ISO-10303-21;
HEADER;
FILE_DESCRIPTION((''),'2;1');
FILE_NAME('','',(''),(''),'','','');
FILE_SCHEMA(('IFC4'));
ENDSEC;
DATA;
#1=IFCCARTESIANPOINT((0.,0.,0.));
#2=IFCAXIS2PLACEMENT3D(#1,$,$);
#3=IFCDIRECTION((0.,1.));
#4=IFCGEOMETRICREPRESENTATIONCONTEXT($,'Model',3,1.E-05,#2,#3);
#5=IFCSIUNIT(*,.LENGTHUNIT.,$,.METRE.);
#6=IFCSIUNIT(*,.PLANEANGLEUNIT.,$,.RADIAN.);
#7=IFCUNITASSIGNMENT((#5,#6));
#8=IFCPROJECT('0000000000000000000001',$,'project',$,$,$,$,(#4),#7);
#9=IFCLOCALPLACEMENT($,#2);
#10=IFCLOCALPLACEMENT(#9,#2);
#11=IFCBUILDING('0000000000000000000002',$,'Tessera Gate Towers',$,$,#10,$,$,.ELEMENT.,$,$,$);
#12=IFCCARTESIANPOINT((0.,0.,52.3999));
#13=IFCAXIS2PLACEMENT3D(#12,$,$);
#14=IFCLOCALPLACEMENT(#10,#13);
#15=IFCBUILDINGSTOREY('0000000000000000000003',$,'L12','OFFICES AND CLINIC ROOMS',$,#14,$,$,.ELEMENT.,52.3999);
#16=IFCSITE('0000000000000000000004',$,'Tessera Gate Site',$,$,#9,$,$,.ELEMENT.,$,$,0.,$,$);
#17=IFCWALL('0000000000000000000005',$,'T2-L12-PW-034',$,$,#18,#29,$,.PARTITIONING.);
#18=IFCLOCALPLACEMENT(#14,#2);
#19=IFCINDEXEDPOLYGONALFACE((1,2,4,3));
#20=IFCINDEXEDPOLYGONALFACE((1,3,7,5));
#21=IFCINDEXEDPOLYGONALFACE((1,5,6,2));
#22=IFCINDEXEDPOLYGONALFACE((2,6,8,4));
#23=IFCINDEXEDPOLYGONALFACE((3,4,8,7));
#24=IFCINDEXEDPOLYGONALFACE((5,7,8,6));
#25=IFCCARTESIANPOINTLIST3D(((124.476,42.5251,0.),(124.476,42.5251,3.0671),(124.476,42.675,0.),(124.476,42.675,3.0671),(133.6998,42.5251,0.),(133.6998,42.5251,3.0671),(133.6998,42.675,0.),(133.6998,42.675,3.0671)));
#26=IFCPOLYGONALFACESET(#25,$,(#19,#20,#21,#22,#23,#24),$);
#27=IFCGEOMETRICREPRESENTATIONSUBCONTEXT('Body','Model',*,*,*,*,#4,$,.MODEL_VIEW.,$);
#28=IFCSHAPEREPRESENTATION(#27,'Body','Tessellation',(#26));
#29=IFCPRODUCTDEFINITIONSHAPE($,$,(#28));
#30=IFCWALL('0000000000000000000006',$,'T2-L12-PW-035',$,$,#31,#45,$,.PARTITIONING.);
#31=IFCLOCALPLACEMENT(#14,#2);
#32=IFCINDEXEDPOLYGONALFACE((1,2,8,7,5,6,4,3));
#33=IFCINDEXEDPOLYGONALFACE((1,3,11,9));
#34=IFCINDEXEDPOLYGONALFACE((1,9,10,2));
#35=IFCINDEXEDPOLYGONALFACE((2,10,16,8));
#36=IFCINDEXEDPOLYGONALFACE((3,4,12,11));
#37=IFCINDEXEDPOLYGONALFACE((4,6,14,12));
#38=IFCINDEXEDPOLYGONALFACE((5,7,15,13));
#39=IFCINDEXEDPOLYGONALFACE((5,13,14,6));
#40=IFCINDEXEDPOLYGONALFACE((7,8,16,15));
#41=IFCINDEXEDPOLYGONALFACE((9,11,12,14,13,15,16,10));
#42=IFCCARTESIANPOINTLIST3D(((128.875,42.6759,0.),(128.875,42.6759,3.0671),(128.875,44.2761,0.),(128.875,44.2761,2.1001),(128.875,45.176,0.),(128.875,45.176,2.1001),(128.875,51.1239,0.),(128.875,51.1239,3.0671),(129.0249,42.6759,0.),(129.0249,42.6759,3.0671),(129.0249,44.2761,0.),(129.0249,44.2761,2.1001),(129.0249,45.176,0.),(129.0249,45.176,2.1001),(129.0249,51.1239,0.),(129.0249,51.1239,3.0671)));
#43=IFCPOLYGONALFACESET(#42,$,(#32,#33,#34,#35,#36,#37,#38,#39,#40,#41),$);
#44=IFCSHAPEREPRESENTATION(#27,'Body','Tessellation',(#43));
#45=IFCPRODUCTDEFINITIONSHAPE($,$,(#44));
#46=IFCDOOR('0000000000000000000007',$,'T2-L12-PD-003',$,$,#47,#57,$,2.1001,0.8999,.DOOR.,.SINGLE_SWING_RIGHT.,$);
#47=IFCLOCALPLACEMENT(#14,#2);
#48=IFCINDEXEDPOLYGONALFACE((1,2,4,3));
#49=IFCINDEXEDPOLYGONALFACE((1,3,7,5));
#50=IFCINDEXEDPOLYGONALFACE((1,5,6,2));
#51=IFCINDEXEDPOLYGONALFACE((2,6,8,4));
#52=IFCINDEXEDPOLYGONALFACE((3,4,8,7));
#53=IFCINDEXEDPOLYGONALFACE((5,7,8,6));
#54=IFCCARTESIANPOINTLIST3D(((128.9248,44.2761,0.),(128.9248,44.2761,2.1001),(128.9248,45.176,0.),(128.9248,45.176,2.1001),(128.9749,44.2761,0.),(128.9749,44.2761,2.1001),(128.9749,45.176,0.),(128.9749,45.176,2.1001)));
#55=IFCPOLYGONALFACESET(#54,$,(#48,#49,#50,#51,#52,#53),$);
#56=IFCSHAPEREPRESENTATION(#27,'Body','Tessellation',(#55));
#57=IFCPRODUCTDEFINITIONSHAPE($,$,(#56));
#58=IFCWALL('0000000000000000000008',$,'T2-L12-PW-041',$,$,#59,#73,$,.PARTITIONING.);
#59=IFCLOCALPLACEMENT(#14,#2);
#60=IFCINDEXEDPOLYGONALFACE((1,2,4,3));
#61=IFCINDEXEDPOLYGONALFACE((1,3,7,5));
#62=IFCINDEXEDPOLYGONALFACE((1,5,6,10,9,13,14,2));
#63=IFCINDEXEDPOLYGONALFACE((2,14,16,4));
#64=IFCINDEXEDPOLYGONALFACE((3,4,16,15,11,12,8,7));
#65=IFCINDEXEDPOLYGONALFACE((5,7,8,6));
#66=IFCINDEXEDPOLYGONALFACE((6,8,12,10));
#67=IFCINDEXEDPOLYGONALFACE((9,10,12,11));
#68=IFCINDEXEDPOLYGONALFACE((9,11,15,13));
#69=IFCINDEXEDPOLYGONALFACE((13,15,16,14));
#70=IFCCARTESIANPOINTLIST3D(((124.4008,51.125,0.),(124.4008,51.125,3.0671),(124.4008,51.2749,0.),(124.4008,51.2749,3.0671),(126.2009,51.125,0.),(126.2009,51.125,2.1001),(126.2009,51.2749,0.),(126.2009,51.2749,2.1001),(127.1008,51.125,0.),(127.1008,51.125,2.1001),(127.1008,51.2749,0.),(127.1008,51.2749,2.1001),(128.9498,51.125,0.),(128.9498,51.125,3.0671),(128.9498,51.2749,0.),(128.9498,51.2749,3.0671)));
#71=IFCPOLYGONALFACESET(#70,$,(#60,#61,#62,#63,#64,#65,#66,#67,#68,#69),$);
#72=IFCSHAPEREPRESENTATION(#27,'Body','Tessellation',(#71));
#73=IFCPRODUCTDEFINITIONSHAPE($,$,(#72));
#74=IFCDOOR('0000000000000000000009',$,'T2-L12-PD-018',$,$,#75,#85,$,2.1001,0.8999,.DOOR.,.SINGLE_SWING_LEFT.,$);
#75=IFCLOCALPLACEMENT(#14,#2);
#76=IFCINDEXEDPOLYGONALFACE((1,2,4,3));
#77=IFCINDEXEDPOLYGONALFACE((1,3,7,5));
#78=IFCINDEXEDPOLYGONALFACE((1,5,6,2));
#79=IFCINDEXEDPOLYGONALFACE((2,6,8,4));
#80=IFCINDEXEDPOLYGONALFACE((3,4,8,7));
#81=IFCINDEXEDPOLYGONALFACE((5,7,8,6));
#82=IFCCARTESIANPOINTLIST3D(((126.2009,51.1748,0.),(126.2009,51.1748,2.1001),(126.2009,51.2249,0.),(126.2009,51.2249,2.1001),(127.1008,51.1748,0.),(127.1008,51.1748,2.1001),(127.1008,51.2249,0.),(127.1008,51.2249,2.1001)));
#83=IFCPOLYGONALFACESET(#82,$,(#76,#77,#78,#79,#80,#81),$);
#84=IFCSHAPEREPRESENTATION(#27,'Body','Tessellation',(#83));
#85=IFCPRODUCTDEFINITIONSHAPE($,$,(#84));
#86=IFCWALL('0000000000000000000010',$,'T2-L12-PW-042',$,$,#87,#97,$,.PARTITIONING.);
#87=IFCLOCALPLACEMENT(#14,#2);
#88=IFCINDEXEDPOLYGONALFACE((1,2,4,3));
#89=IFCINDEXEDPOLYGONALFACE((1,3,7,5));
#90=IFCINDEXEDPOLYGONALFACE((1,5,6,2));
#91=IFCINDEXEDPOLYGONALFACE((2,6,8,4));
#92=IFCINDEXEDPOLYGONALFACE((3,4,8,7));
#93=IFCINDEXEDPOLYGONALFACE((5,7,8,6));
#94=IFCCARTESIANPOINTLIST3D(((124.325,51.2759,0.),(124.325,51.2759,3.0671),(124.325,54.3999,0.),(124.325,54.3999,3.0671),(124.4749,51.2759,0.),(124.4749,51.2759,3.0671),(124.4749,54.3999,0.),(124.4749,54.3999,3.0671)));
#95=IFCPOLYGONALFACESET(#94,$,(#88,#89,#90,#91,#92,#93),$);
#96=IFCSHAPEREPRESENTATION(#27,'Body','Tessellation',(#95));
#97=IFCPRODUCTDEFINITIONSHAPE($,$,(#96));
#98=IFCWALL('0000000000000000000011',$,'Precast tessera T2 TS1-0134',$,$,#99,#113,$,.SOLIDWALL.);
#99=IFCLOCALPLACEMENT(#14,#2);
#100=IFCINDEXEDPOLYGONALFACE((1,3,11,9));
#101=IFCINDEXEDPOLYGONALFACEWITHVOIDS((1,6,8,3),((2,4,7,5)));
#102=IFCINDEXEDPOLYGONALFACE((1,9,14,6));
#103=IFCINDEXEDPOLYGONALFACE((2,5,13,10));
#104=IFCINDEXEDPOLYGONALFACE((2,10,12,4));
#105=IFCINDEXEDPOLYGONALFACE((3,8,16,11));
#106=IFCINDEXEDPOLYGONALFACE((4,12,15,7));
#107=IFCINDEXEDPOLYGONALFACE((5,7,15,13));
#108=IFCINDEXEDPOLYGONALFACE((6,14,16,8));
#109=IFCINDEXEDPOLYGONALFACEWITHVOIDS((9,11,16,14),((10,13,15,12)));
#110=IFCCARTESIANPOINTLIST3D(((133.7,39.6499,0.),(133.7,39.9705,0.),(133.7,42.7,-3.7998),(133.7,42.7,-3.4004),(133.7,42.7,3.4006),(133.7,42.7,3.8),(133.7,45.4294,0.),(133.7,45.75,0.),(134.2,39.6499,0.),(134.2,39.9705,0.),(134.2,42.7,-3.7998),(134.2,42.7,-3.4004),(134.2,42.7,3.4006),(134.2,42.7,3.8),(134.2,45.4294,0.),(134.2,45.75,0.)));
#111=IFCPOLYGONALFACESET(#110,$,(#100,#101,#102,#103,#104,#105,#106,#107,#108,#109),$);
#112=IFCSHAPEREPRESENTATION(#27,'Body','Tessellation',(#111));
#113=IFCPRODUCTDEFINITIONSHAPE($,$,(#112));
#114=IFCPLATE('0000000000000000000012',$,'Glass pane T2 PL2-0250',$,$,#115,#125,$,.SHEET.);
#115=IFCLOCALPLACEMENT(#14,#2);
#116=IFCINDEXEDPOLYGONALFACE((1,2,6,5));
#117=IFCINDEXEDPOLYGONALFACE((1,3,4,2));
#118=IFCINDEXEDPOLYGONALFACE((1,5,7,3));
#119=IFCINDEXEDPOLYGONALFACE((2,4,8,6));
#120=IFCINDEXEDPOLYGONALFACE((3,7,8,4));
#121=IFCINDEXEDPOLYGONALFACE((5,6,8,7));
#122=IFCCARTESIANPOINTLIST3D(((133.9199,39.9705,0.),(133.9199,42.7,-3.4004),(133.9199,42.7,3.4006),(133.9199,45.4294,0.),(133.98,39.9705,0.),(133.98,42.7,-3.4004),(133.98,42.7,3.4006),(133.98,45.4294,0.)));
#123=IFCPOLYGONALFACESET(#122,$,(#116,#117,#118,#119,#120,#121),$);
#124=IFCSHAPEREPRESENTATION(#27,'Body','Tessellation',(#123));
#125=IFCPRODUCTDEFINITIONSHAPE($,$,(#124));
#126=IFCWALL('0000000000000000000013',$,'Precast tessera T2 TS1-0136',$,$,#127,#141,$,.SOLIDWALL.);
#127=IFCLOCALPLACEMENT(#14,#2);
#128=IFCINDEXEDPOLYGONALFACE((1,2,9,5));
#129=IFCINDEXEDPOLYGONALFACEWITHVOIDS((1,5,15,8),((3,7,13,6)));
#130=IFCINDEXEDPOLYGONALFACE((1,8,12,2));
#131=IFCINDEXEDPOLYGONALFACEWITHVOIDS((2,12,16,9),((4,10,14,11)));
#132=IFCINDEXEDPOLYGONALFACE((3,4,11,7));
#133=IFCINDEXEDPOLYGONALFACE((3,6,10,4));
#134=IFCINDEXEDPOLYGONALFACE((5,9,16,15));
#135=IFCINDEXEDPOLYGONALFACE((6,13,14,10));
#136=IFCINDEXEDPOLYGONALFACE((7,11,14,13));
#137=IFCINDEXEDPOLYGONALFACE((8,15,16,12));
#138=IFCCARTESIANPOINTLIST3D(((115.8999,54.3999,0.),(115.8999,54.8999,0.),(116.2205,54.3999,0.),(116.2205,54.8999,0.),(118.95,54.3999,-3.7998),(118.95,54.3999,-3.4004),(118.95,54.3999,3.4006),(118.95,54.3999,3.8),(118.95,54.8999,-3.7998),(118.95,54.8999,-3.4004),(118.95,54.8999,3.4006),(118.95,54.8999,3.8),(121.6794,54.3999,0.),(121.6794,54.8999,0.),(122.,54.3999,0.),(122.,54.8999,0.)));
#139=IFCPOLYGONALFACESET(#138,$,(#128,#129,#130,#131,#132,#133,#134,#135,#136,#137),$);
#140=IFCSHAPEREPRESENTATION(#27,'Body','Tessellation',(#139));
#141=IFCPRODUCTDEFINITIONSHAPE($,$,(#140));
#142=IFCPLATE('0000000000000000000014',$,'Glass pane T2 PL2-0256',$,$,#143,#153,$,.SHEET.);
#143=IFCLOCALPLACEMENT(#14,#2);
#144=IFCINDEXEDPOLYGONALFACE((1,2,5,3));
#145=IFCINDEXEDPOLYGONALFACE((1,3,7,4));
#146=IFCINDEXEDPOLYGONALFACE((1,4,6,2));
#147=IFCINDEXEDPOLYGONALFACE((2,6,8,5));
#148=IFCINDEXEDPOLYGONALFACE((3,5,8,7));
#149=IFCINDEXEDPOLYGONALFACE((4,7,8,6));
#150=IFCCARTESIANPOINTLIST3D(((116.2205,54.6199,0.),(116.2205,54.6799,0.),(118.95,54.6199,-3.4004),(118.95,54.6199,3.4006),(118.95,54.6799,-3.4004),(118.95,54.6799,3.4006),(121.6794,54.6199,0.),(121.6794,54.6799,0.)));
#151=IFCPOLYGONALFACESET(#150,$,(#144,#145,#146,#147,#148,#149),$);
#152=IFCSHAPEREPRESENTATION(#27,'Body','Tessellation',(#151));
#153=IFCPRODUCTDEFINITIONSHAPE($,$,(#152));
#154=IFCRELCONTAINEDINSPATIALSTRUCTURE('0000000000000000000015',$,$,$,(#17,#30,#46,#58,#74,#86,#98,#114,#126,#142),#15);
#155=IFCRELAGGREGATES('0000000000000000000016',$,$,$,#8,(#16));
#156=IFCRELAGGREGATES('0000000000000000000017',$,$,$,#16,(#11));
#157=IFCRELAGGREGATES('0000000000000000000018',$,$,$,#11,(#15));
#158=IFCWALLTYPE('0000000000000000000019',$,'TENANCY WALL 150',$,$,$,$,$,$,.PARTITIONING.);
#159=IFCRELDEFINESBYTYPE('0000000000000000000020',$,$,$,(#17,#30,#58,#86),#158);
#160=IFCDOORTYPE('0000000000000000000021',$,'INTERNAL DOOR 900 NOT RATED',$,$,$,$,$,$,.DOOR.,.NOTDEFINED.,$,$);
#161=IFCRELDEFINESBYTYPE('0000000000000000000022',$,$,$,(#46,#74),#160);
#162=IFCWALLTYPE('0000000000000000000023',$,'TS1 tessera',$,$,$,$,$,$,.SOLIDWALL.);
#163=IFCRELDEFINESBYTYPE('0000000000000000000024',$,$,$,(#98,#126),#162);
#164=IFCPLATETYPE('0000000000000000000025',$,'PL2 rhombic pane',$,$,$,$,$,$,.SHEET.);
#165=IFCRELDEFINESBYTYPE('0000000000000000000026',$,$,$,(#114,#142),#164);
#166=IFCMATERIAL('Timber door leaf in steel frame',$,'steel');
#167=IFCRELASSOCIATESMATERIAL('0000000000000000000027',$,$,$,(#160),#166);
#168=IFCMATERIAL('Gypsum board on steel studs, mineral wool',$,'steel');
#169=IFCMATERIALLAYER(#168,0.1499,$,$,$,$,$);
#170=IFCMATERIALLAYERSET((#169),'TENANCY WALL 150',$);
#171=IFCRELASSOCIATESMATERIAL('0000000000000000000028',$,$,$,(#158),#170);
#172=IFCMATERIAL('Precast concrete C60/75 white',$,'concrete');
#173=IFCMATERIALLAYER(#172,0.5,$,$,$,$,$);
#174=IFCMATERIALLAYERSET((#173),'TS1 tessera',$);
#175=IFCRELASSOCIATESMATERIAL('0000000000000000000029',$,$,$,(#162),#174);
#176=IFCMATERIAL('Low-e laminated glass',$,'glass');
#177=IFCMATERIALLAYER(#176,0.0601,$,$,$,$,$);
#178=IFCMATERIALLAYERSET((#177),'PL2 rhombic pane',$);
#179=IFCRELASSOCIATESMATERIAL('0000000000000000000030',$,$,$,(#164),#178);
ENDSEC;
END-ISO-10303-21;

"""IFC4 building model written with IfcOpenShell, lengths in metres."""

from ifc_helpers import new_model, si_unit, direction, frame, frame_2d, origin, place, context, subcontext, project, spatial, polyline, rectangle, outline, extrude, source, transform, mapped, material, layer, layer_set, type_object, element, fill, save


model = new_model("IFC4")

# Units and contexts
model_context = context("Model", 3, precision=1e-05, world=origin(), true_north=direction((0.0, 1.0)))
body_context = subcontext(model_context, "Body", "Model", "MODEL_VIEW")
ifc_project = project(units=[si_unit("LENGTHUNIT", "METRE"), si_unit("PLANEANGLEUNIT", "RADIAN")], contexts=[model_context])

# Site, building, storey
site_placement = place(None, origin())
site = spatial("IfcSite", under=ifc_project, at=site_placement, Name="Tessera Gate Site", CompositionType="ELEMENT", RefElevation=0.0)
building_placement = place(site_placement, origin())
building = spatial("IfcBuilding", under=site, at=building_placement, Name="Tessera Gate Towers", CompositionType="ELEMENT")
storey_placement = place(building_placement, frame((0.0, 0.0, 52.3999)))
storey = spatial("IfcBuildingStorey", under=building, at=storey_placement, Name="L12", Description="OFFICES AND CLINIC ROOMS", CompositionType="ELEMENT", Elevation=52.3999)

# Shared definitions
ifc_material_1 = material(Name="Timber door leaf in steel frame", Category="steel")
door_type_1 = type_object("IfcDoorType", Name="INTERNAL DOOR 900 NOT RATED", OperationType="NOTDEFINED", PredefinedType="DOOR", material=ifc_material_1)
shared_shape_1 = source(origin(), body_context, "Body", "SweptSolid", [
    extrude(rectangle(XDim=0.8999, YDim=2.1001, at=frame_2d((0.45, 1.05))), frame((0.0, 0.0249, 0.0), z_axis=(0.0, -1.0, 0.0), x_axis=(1.0, 0.0, 0.0)), (0.0, 0.0, 1.0), 0.05),
])

# Wall
ifc_material_2 = material(Name="Gypsum board on steel studs, mineral wool", Category="steel")
ifc_layer_1 = layer(ifc_material_2, 0.1499)
ifc_layer_set_1 = layer_set([ifc_layer_1], Name="TENANCY WALL 150")
wall_type_1 = type_object("IfcWallType", Name="TENANCY WALL 150", PredefinedType="PARTITIONING", material=ifc_layer_set_1)
wall_1_placement = place(storey_placement, frame((124.4761, 42.6001, 0.0), z_axis=(0.0, 0.0, 1.0), x_axis=(1.0, 0.0, 0.0)))
element("IfcWall", 1, at=wall_1_placement, inside=storey, type_object=wall_type_1, Name="T2-L12-PW-034", PredefinedType="PARTITIONING", context=body_context, shape_type="SweptSolid", body=[
    extrude(rectangle(XDim=9.2239, YDim=0.1499, at=frame_2d((4.6118, 0.0))), origin(), (0.0, 0.0, 1.0), 3.0671),
])

# Walls, openings, doors
wall_2_placement = place(storey_placement, frame((128.95, 51.124, 0.0), z_axis=(0.0, 0.0, 1.0), x_axis=(0.0, -1.0, 0.0)))
wall_2 = element("IfcWall", 2, at=wall_2_placement, inside=storey, type_object=wall_type_1, Name="T2-L12-PW-035", PredefinedType="PARTITIONING", context=body_context, shape_type="SweptSolid", body=[
    extrude(rectangle(XDim=8.448, YDim=0.1499, at=frame_2d((4.2241, 0.0))), origin(), (0.0, 0.0, 1.0), 3.0671),
])
shared_shape_2 = source(origin(), body_context, "Body", "SweptSolid", [
    extrude(rectangle(XDim=0.8999, YDim=2.1001, at=frame_2d((0.45, 1.05))), frame((0.0, 0.085, 0.0), z_axis=(0.0, -1.0, 0.0), x_axis=(1.0, 0.0, 0.0)), (0.0, 0.0, 1.0), 0.1699),
])
opening_1_placement = place(wall_2_placement, frame((5.948, 0.0, 0.0)))
opening_1 = element("IfcOpeningElement", 3, at=opening_1_placement, cuts=wall_2, PredefinedType="OPENING", context=body_context, shape_type="MappedRepresentation", body=[
    mapped(shared_shape_2, transform((0.0, 0.0, 0.0), scale=1.0)),
])
door_1_placement = place(opening_1_placement, origin())
door_1 = element("IfcDoor", 4, at=door_1_placement, inside=storey, type_object=door_type_1, Name="T2-L12-PD-003", OperationType="SINGLE_SWING_RIGHT", OverallHeight=2.1001, OverallWidth=0.8999, PredefinedType="DOOR", context=body_context, shape_type="MappedRepresentation", body=[
    mapped(shared_shape_1, transform((0.0, 0.0, 0.0), scale=1.0)),
])
fill(opening_1, door_1)
wall_3_placement = place(storey_placement, frame((124.4009, 51.2, 0.0), z_axis=(0.0, 0.0, 1.0), x_axis=(1.0, 0.0, 0.0)))
wall_3 = element("IfcWall", 5, at=wall_3_placement, inside=storey, type_object=wall_type_1, Name="T2-L12-PW-041", PredefinedType="PARTITIONING", context=body_context, shape_type="SweptSolid", body=[
    extrude(rectangle(XDim=4.5491, YDim=0.1499, at=frame_2d((2.2744, 0.0))), origin(), (0.0, 0.0, 1.0), 3.0671),
])
opening_2_placement = place(wall_3_placement, frame((1.8, 0.0, 0.0)))
opening_2 = element("IfcOpeningElement", 6, at=opening_2_placement, cuts=wall_3, PredefinedType="OPENING", context=body_context, shape_type="MappedRepresentation", body=[
    mapped(shared_shape_2, transform((0.0, 0.0, 0.0), scale=1.0)),
])
door_2_placement = place(opening_2_placement, origin())
door_2 = element("IfcDoor", 7, at=door_2_placement, inside=storey, type_object=door_type_1, Name="T2-L12-PD-018", OperationType="SINGLE_SWING_LEFT", OverallHeight=2.1001, OverallWidth=0.8999, PredefinedType="DOOR", context=body_context, shape_type="MappedRepresentation", body=[
    mapped(shared_shape_1, transform((0.0, 0.0, 0.0), scale=1.0)),
])
fill(opening_2, door_2)

# Wall
wall_4_placement = place(storey_placement, frame((124.3999, 51.2759, 0.0), z_axis=(0.0, 0.0, 1.0), x_axis=(0.0, 1.0, 0.0)))
element("IfcWall", 8, at=wall_4_placement, inside=storey, type_object=wall_type_1, Name="T2-L12-PW-042", PredefinedType="PARTITIONING", context=body_context, shape_type="SweptSolid", body=[
    extrude(rectangle(XDim=3.124, YDim=0.1499, at=frame_2d((1.562, 0.0))), origin(), (0.0, 0.0, 1.0), 3.0671),
])

# Walls, openings, plates
ifc_material_3 = material(Name="Precast concrete C60/75 white", Category="concrete")
ifc_layer_2 = layer(ifc_material_3, 0.5)
ifc_layer_set_2 = layer_set([ifc_layer_2], Name="TS1 tessera")
wall_type_2 = type_object("IfcWallType", Name="TS1 tessera", PredefinedType="SOLIDWALL", material=ifc_layer_set_2)
shared_shape_3 = source(origin(), body_context, "Body", "SweptSolid", [
    extrude(outline(polyline([(3.05, 0.0), (6.1001, 3.7998), (3.05, 7.5999), (0.0, 3.7998), (3.05, 0.0)])), frame((0.0, 0.25, 0.0), z_axis=(0.0, -1.0, 0.0), x_axis=(1.0, 0.0, 0.0)), (0.0, 0.0, 1.0), 0.5),
])
wall_5_placement = place(storey_placement, frame((133.95, 39.6499, -3.7998), z_axis=(0.0, 0.0, 1.0), x_axis=(0.0, 1.0, 0.0)))
wall_5 = element("IfcWall", 9, at=wall_5_placement, inside=storey, type_object=wall_type_2, Name="Precast tessera T2 TS1-0134", PredefinedType="SOLIDWALL", context=body_context, shape_type="MappedRepresentation", body=[
    mapped(shared_shape_3, transform((0.0, 0.0, 0.0), scale=1.0)),
])
shared_shape_4 = source(origin(), body_context, "Body", "SweptSolid", [
    extrude(outline(polyline([(3.05, 0.3994), (5.7795, 3.7998), (3.05, 7.2004), (0.3206, 3.7998), (3.05, 0.3994)])), frame((0.0, 0.26, 0.0), z_axis=(0.0, -1.0, 0.0), x_axis=(1.0, 0.0, 0.0)), (0.0, 0.0, 1.0), 0.52),
])
opening_3_placement = place(wall_5_placement, origin())
opening_3 = element("IfcOpeningElement", 10, at=opening_3_placement, cuts=wall_5, PredefinedType="OPENING", context=body_context, shape_type="MappedRepresentation", body=[
    mapped(shared_shape_4, transform((0.0, 0.0, 0.0), scale=1.0)),
])
ifc_material_4 = material(Name="Low-e laminated glass", Category="glass")
ifc_layer_3 = layer(ifc_material_4, 0.0601)
ifc_layer_set_3 = layer_set([ifc_layer_3], Name="PL2 rhombic pane")
plate_type = type_object("IfcPlateType", Name="PL2 rhombic pane", PredefinedType="SHEET", material=ifc_layer_set_3)
shared_shape_5 = source(origin(), body_context, "Body", "SweptSolid", [
    extrude(outline(polyline([(3.05, 0.3994), (5.7795, 3.7998), (3.05, 7.2004), (0.3206, 3.7998), (3.05, 0.3994)])), frame((0.0, 0.03, 0.0), z_axis=(0.0, -1.0, 0.0), x_axis=(1.0, 0.0, 0.0)), (0.0, 0.0, 1.0), 0.0601),
])
plate_1_placement = place(opening_3_placement, origin())
plate_1 = element("IfcPlate", 11, at=plate_1_placement, inside=storey, type_object=plate_type, Name="Glass pane T2 PL2-0250", PredefinedType="SHEET", context=body_context, shape_type="MappedRepresentation", body=[
    mapped(shared_shape_5, transform((0.0, 0.0, 0.0), scale=1.0)),
])
fill(opening_3, plate_1)
wall_6_placement = place(storey_placement, frame((122.0, 54.6499, -3.7998), z_axis=(0.0, 0.0, 1.0), x_axis=(-1.0, 0.0, 0.0)))
wall_6 = element("IfcWall", 12, at=wall_6_placement, inside=storey, type_object=wall_type_2, Name="Precast tessera T2 TS1-0136", PredefinedType="SOLIDWALL", context=body_context, shape_type="MappedRepresentation", body=[
    mapped(shared_shape_3, transform((0.0, 0.0, 0.0), scale=1.0)),
])
opening_4_placement = place(wall_6_placement, origin())
opening_4 = element("IfcOpeningElement", 13, at=opening_4_placement, cuts=wall_6, PredefinedType="OPENING", context=body_context, shape_type="MappedRepresentation", body=[
    mapped(shared_shape_4, transform((0.0, 0.0, 0.0), scale=1.0)),
])
plate_2_placement = place(opening_4_placement, origin())
plate_2 = element("IfcPlate", 14, at=plate_2_placement, inside=storey, type_object=plate_type, Name="Glass pane T2 PL2-0256", PredefinedType="SHEET", context=body_context, shape_type="MappedRepresentation", body=[
    mapped(shared_shape_5, transform((0.0, 0.0, 0.0), scale=1.0)),
])
fill(opening_4, plate_2)

save(model, "model.ifc")
